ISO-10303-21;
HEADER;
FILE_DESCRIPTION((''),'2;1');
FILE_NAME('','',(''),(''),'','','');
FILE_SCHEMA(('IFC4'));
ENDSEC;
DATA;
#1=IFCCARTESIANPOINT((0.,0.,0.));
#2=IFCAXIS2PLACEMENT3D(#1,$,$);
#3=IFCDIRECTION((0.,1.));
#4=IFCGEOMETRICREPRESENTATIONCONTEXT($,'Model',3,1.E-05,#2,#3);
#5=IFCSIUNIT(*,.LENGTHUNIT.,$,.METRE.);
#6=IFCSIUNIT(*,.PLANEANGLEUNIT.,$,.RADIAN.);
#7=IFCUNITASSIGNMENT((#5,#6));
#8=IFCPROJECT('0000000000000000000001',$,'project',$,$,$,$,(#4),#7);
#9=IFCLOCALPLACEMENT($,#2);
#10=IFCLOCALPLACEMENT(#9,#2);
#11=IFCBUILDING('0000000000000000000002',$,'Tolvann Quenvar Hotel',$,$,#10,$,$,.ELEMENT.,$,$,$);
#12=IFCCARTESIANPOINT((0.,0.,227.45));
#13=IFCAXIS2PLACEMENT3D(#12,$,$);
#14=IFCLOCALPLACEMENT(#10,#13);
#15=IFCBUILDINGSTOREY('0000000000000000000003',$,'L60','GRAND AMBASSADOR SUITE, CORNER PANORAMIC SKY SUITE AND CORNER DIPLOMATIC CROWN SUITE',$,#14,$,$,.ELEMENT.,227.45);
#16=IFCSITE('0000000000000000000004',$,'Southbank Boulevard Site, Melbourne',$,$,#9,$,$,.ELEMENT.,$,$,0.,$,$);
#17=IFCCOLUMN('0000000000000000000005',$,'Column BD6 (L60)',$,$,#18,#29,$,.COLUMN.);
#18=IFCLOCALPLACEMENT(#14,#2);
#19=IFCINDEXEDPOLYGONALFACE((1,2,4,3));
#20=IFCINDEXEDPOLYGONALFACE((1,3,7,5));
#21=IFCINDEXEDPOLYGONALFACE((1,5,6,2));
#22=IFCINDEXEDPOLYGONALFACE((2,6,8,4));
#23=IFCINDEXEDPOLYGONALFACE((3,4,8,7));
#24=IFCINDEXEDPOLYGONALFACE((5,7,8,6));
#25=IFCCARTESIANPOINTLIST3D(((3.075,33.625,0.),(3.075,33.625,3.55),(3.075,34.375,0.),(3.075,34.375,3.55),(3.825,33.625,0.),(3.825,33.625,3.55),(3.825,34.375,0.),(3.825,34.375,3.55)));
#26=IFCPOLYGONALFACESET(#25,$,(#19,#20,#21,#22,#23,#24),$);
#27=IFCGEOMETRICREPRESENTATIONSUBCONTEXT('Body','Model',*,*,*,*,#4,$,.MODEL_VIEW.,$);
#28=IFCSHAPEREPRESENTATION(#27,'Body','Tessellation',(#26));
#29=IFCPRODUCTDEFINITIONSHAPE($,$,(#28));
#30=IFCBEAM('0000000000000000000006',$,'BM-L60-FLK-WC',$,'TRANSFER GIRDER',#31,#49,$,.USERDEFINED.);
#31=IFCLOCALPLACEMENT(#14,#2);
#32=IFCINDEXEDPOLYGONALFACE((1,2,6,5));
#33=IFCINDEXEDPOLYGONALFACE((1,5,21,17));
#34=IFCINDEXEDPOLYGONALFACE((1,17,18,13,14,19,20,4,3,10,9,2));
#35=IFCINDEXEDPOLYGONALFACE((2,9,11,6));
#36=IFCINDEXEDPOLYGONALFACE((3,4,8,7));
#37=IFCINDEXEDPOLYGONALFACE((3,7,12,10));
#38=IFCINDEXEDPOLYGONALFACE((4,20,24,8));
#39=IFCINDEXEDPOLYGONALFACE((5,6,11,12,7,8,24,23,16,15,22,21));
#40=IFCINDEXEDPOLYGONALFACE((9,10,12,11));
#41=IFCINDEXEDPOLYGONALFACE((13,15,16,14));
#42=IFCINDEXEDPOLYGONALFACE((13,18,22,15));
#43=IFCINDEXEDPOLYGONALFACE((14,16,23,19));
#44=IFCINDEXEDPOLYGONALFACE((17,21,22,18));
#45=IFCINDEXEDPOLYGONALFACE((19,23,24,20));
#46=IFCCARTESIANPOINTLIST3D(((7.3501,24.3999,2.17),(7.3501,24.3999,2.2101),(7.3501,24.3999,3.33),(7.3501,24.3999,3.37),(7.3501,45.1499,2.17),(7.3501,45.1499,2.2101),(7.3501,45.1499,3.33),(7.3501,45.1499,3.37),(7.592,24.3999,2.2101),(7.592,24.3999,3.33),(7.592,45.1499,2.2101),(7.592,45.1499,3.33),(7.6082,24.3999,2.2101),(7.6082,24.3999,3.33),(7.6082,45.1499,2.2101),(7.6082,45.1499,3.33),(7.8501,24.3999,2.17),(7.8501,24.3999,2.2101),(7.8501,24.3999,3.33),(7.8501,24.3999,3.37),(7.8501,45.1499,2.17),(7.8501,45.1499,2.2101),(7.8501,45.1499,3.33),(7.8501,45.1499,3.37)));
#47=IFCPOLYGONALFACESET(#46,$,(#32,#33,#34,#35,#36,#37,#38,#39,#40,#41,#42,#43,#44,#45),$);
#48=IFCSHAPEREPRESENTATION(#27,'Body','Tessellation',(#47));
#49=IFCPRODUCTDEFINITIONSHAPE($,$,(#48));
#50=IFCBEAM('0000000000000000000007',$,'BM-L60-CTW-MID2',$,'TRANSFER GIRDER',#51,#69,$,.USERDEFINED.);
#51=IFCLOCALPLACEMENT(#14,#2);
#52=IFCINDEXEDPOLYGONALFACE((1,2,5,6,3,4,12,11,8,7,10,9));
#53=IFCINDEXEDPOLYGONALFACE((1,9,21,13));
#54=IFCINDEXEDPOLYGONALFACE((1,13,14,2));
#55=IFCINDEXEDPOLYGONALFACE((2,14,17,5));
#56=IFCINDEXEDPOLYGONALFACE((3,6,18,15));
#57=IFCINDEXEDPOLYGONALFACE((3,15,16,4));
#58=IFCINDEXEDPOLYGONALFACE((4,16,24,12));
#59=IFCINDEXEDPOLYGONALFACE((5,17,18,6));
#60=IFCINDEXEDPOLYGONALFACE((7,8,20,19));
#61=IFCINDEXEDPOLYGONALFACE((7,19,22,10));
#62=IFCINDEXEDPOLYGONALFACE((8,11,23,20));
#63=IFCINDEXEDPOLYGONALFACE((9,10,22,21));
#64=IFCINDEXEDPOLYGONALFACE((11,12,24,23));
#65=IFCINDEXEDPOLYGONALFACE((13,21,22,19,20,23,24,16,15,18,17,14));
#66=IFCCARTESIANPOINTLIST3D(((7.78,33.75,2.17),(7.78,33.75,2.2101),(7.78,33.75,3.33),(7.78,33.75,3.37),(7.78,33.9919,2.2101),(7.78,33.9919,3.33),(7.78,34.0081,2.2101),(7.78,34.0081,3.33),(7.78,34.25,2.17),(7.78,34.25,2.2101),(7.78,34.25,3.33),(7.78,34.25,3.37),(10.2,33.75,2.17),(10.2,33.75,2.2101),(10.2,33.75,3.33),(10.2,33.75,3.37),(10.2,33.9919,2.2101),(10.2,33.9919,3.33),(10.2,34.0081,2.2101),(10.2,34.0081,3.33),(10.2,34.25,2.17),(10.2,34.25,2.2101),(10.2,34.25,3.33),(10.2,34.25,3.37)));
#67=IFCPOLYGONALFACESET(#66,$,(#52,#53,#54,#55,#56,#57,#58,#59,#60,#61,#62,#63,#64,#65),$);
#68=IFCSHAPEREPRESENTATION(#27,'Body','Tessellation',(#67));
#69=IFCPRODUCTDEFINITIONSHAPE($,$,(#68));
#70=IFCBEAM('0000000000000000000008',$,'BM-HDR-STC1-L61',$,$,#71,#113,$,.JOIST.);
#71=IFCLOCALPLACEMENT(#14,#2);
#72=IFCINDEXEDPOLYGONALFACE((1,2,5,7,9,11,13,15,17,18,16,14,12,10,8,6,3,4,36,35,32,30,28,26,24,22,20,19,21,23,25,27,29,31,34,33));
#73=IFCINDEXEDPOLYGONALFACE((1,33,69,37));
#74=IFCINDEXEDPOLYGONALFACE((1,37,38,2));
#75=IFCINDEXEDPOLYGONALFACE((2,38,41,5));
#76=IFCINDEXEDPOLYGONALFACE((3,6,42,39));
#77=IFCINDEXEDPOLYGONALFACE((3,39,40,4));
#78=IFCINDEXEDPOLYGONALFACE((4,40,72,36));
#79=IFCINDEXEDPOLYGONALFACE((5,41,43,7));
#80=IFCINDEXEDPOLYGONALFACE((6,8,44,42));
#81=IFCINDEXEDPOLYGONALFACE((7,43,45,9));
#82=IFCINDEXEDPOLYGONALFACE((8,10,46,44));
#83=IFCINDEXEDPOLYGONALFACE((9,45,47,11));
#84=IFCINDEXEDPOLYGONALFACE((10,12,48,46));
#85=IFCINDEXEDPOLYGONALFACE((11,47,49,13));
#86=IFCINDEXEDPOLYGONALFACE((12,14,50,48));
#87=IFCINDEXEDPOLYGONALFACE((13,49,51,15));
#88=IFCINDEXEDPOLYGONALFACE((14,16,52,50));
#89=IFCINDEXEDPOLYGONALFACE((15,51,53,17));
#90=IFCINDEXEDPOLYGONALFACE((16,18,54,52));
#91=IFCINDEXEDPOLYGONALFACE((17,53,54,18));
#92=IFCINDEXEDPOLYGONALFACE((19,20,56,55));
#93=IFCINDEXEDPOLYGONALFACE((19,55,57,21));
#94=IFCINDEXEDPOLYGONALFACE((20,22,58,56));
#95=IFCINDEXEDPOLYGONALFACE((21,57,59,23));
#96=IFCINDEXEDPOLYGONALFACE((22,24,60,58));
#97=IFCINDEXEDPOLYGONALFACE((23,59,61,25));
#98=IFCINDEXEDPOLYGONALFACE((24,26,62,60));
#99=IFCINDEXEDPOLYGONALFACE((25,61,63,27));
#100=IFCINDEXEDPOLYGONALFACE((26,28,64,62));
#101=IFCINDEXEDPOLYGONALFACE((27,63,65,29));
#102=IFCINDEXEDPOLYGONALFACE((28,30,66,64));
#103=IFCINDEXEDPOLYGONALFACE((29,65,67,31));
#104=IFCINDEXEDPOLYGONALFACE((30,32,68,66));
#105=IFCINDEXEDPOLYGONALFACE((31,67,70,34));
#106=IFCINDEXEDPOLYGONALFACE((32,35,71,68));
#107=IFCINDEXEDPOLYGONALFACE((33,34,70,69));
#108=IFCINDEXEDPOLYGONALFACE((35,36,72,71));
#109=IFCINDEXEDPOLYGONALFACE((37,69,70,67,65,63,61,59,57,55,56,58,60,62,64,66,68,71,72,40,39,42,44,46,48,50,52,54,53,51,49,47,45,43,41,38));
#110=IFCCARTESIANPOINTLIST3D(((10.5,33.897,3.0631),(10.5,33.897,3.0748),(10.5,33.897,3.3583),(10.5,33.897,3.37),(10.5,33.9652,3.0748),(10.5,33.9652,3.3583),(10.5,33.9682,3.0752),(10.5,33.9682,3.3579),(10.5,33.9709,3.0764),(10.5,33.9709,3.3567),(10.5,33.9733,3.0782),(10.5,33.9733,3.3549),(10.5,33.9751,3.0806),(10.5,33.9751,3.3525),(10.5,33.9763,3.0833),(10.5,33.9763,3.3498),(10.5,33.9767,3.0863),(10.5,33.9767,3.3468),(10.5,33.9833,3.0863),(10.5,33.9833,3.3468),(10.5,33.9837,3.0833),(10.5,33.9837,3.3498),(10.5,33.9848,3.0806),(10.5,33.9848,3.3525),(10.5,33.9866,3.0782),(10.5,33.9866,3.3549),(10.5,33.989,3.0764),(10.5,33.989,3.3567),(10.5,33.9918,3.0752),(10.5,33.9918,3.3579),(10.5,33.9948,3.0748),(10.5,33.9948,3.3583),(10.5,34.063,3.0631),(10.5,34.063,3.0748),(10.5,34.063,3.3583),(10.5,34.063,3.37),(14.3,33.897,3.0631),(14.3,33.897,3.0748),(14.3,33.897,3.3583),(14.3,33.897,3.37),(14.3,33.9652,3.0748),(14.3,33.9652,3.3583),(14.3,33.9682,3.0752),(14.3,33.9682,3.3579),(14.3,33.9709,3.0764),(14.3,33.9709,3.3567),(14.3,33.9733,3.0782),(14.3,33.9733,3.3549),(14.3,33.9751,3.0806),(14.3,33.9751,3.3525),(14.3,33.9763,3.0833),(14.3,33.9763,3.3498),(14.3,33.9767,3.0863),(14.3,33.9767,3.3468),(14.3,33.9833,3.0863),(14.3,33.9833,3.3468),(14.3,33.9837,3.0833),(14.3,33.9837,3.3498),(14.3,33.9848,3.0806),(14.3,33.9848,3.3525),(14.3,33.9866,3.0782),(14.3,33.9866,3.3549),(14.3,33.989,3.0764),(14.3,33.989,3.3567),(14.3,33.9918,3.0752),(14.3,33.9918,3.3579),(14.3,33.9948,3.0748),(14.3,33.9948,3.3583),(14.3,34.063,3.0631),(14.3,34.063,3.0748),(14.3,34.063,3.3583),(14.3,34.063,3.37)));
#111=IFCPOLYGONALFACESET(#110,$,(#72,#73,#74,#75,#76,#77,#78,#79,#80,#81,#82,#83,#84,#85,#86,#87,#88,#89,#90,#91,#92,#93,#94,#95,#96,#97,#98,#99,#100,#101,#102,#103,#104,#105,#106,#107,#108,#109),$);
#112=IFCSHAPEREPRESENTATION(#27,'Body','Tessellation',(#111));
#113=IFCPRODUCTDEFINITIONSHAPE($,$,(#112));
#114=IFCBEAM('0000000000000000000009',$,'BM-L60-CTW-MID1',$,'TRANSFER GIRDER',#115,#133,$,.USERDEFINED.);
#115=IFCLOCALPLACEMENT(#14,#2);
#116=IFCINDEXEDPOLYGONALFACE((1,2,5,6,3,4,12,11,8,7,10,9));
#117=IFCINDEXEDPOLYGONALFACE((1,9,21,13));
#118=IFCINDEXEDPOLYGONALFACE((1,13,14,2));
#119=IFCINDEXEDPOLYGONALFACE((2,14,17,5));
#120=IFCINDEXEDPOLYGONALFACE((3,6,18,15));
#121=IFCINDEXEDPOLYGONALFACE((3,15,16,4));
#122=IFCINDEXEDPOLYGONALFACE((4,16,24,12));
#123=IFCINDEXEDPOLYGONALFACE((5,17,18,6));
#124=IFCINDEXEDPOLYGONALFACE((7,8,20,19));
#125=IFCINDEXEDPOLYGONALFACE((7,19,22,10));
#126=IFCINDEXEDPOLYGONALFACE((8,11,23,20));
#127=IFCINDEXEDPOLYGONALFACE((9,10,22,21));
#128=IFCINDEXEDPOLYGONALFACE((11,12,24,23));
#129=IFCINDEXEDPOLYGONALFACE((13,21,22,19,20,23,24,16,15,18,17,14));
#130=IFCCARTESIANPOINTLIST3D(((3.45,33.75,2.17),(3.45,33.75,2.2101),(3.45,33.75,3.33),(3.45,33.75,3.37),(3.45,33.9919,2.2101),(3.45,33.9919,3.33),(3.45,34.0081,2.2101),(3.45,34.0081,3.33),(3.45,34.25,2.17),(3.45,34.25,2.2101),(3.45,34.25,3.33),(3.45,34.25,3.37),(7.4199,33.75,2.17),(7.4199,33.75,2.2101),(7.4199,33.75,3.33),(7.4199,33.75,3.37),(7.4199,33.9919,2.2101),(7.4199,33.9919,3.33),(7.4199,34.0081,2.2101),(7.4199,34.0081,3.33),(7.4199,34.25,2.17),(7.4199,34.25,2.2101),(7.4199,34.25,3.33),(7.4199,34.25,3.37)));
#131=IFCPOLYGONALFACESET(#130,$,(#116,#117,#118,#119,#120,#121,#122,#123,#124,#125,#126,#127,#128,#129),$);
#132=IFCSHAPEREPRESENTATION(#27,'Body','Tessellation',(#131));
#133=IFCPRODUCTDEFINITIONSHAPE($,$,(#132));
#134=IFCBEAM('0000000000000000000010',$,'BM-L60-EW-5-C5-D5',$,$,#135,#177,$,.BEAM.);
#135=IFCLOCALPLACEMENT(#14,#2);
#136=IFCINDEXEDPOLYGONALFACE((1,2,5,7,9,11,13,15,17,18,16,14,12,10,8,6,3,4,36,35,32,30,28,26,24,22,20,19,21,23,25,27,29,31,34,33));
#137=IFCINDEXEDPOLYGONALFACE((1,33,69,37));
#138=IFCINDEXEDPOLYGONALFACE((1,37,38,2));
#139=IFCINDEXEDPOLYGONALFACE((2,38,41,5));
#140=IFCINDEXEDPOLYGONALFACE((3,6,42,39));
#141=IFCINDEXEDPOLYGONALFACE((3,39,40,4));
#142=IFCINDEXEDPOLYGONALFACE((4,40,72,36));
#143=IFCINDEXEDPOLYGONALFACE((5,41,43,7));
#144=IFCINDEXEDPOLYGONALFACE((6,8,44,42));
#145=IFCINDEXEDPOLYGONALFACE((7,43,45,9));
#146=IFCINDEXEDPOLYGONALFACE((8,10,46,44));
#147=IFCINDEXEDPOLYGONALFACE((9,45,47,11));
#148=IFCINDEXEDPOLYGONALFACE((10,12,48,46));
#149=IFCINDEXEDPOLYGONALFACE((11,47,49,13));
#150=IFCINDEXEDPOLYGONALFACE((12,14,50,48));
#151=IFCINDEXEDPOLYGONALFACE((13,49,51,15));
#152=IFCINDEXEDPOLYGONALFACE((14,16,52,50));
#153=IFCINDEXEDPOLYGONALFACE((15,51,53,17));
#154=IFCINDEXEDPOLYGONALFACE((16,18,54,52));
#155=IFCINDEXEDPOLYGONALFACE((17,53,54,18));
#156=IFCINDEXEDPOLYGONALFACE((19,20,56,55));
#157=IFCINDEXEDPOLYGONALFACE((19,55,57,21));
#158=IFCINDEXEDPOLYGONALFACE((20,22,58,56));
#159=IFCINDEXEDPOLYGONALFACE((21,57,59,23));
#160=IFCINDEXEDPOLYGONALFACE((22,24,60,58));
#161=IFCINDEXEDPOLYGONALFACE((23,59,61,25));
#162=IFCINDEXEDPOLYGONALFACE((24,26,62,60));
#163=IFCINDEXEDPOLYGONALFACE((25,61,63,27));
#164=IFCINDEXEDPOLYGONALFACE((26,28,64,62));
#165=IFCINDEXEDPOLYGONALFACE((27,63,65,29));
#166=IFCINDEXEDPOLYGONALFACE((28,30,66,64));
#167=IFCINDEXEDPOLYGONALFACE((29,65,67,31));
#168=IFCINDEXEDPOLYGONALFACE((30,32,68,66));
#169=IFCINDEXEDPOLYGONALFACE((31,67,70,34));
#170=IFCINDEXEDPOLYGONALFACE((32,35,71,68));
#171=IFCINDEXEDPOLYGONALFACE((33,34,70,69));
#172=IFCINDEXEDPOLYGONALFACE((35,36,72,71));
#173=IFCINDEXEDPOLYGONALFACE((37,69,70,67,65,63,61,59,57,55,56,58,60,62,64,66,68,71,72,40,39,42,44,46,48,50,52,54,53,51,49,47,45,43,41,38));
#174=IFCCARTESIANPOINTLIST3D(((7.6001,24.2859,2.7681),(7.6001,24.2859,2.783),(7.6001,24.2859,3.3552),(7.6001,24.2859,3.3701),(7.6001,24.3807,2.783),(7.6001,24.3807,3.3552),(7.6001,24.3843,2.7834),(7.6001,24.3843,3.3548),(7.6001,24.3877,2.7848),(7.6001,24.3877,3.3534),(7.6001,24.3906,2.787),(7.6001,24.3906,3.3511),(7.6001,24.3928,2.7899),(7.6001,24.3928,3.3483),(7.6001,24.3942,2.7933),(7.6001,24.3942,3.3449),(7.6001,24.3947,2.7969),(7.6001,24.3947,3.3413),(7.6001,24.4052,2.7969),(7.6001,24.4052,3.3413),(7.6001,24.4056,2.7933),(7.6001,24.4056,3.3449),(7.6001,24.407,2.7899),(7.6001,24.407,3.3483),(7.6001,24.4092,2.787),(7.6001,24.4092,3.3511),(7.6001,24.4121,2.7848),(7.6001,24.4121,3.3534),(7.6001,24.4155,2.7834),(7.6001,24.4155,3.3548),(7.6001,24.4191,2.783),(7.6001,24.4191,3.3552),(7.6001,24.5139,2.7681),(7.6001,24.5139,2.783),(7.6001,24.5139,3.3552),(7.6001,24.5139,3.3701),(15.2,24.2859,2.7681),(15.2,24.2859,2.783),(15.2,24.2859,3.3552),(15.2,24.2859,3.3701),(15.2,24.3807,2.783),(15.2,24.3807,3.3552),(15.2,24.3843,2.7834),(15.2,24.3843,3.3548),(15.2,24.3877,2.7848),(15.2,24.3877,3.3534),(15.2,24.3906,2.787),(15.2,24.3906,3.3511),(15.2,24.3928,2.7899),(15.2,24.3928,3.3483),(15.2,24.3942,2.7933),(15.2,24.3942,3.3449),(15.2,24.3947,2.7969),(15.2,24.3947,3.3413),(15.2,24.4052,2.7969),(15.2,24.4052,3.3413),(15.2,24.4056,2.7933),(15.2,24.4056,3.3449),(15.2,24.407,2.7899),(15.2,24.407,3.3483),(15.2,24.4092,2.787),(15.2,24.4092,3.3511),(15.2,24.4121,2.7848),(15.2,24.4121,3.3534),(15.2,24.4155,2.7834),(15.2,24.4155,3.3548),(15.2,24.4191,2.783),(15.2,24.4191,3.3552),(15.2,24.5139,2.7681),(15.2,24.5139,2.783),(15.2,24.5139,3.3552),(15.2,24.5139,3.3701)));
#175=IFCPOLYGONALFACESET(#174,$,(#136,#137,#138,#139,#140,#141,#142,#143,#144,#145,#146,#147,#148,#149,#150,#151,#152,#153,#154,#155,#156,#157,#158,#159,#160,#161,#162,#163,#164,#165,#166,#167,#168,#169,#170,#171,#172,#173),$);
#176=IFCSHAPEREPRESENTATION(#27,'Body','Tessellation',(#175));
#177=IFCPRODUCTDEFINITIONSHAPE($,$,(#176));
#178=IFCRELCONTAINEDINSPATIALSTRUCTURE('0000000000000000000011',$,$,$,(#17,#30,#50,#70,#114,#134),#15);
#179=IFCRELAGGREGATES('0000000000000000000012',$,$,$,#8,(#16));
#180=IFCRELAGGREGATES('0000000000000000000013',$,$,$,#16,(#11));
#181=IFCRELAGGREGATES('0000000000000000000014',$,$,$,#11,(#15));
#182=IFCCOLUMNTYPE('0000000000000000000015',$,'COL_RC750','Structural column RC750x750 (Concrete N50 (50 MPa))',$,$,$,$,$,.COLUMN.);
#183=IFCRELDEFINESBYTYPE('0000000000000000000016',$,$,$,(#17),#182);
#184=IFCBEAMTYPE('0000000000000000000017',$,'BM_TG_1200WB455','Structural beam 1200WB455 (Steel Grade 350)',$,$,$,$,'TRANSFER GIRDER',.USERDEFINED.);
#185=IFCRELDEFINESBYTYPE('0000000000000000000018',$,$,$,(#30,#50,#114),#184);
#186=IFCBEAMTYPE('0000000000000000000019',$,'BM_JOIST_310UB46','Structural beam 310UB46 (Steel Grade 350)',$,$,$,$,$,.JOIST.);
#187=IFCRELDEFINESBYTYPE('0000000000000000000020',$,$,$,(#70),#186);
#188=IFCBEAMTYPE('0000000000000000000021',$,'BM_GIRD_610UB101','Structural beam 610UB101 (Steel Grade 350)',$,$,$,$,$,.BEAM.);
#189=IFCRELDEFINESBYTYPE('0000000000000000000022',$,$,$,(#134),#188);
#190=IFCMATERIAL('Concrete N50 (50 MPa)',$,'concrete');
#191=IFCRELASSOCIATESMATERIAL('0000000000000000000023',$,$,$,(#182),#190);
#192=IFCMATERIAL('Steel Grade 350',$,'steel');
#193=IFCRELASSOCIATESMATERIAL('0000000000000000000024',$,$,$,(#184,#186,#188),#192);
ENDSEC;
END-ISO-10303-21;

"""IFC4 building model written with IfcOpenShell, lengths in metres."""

from ifc_helpers import new_model, si_unit, direction, frame, origin, origin_2d, place, context, subcontext, project, spatial, rectangle, i_section, extrude, source, transform, mapped, material, material_profile, profile_set, type_object, type_shapes, element, save


model = new_model("IFC4")

# Units and contexts
model_context = context("Model", 3, precision=1e-05, world=origin(), true_north=direction((0.0, 1.0)))
body_context = subcontext(model_context, "Body", "Model", "MODEL_VIEW")
ifc_project = project(units=[si_unit("LENGTHUNIT", "METRE"), si_unit("PLANEANGLEUNIT", "RADIAN")], contexts=[model_context])

# Site, building, storey
site_placement = place(None, origin())
site = spatial("IfcSite", under=ifc_project, at=site_placement, Name="Southbank Boulevard Site, Melbourne", CompositionType="ELEMENT", RefElevation=0.0)
building_placement = place(site_placement, origin())
building = spatial("IfcBuilding", under=site, at=building_placement, Name="Tolvann Quenvar Hotel", CompositionType="ELEMENT")
storey_placement = place(building_placement, frame((0.0, 0.0, 227.45)))
storey = spatial("IfcBuildingStorey", under=building, at=storey_placement, Name="L60", Description="GRAND AMBASSADOR SUITE, CORNER PANORAMIC SKY SUITE AND CORNER DIPLOMATIC CROWN SUITE", CompositionType="ELEMENT", Elevation=227.45)

# Column
ifc_material_1 = material(Name="Concrete N50 (50 MPa)", Category="concrete")
ifc_material_profile_1 = material_profile(ifc_material_1, rectangle(XDim=0.75, YDim=0.75, at=origin_2d()), Name="RC750x750")
ifc_profile_set_1 = profile_set([ifc_material_profile_1], Name="Concrete N50 (50 MPa)")
column_type = type_object("IfcColumnType", Name="COL_RC750", Description="Structural column RC750x750 (Concrete N50 (50 MPa))", PredefinedType="COLUMN", material=ifc_profile_set_1)
shared_shape_1 = source(origin(), body_context, "Body", "SweptSolid", [
    extrude(rectangle(XDim=0.75, YDim=0.75, at=origin_2d()), origin(), (0.0, 0.0, 1.0), 3.55),
])
type_shapes(column_type, [shared_shape_1])
column_placement = place(storey_placement, frame((3.45, 34.0, 0.0), z_axis=(0.0, 0.0, 1.0), x_axis=(1.0, 0.0, 0.0)))
element("IfcColumn", 1, at=column_placement, inside=storey, type_object=column_type, Name="Column BD6 (L60)", PredefinedType="COLUMN", context=body_context, shape_type="MappedRepresentation", body=[
    mapped(shared_shape_1, transform((0.0, 0.0, 0.0), x_axis=(1.0, 0.0, 0.0), y_axis=(0.0, 1.0, 0.0), z_axis=(0.0, 0.0, 1.0), scale=1.0)),
])

# Beams
ifc_material_2 = material(Name="Steel Grade 350", Category="steel")
ifc_material_profile_2 = material_profile(ifc_material_2, i_section(OverallWidth=0.5, OverallDepth=1.2, WebThickness=0.0161, FlangeThickness=0.04, at=origin_2d()), Name="1200WB455")
ifc_profile_set_2 = profile_set([ifc_material_profile_2], Name="Steel Grade 350")
beam_type_1 = type_object("IfcBeamType", Name="BM_TG_1200WB455", Description="Structural beam 1200WB455 (Steel Grade 350)", ElementType="TRANSFER GIRDER", PredefinedType="USERDEFINED", material=ifc_profile_set_2)
shared_shape_2 = source(origin(), body_context, "Body", "SweptSolid", [
    extrude(i_section(OverallWidth=0.5, OverallDepth=1.2, WebThickness=0.0161, FlangeThickness=0.04, at=origin_2d()), origin(), (0.0, 0.0, 1.0), 20.75),
])
beam_1_placement = place(storey_placement, frame((7.6001, 24.3999, 2.77), z_axis=(0.0, 1.0, 0.0), x_axis=(-1.0, 0.0, 0.0)))
element("IfcBeam", 2, at=beam_1_placement, inside=storey, type_object=beam_type_1, Name="BM-L60-FLK-WC", ObjectType="TRANSFER GIRDER", PredefinedType="USERDEFINED", context=body_context, shape_type="MappedRepresentation", body=[
    mapped(shared_shape_2, transform((0.0, 0.0, 0.0), x_axis=(1.0, 0.0, 0.0), y_axis=(0.0, 1.0, 0.0), z_axis=(0.0, 0.0, 1.0), scale=1.0)),
])
shared_shape_3 = source(origin(), body_context, "Body", "SweptSolid", [
    extrude(i_section(OverallWidth=0.5, OverallDepth=1.2, WebThickness=0.0161, FlangeThickness=0.04, at=origin_2d()), origin(), (0.0, 0.0, 1.0), 2.4199),
])
beam_2_placement = place(storey_placement, frame((7.78, 34.0, 2.77), z_axis=(1.0, 0.0, 0.0), x_axis=(0.0, 1.0, 0.0)))
element("IfcBeam", 3, at=beam_2_placement, inside=storey, type_object=beam_type_1, Name="BM-L60-CTW-MID2", ObjectType="TRANSFER GIRDER", PredefinedType="USERDEFINED", context=body_context, shape_type="MappedRepresentation", body=[
    mapped(shared_shape_3, transform((0.0, 0.0, 0.0), x_axis=(1.0, 0.0, 0.0), y_axis=(0.0, 1.0, 0.0), z_axis=(0.0, 0.0, 1.0), scale=1.0)),
])
ifc_material_profile_3 = material_profile(ifc_material_2, i_section(OverallWidth=0.166, OverallDepth=0.3069, WebThickness=0.0066, FlangeThickness=0.0117, FilletRadius=0.0115, at=origin_2d()), Name="310UB46")
ifc_profile_set_3 = profile_set([ifc_material_profile_3], Name="Steel Grade 350")
beam_type_2 = type_object("IfcBeamType", Name="BM_JOIST_310UB46", Description="Structural beam 310UB46 (Steel Grade 350)", PredefinedType="JOIST", material=ifc_profile_set_3)
shared_shape_4 = source(origin(), body_context, "Body", "SweptSolid", [
    extrude(i_section(OverallWidth=0.166, OverallDepth=0.3069, WebThickness=0.0066, FlangeThickness=0.0117, FilletRadius=0.0115, at=origin_2d()), origin(), (0.0, 0.0, 1.0), 3.8),
])
type_shapes(beam_type_2, [shared_shape_4])
beam_3_placement = place(storey_placement, frame((10.5, 33.98, 3.2166), z_axis=(1.0, 0.0, 0.0), x_axis=(0.0, 1.0, 0.0)))
element("IfcBeam", 4, at=beam_3_placement, inside=storey, type_object=beam_type_2, Name="BM-HDR-STC1-L61", PredefinedType="JOIST", context=body_context, shape_type="MappedRepresentation", body=[
    mapped(shared_shape_4, transform((0.0, 0.0, 0.0), x_axis=(1.0, 0.0, 0.0), y_axis=(0.0, 1.0, 0.0), z_axis=(0.0, 0.0, 1.0), scale=1.0)),
])
shared_shape_5 = source(origin(), body_context, "Body", "SweptSolid", [
    extrude(i_section(OverallWidth=0.5, OverallDepth=1.2, WebThickness=0.0161, FlangeThickness=0.04, at=origin_2d()), origin(), (0.0, 0.0, 1.0), 3.97),
])
type_shapes(beam_type_1, [shared_shape_2, shared_shape_3, shared_shape_5])
beam_4_placement = place(storey_placement, frame((3.45, 34.0, 2.77), z_axis=(1.0, 0.0, 0.0), x_axis=(0.0, 1.0, 0.0)))
element("IfcBeam", 5, at=beam_4_placement, inside=storey, type_object=beam_type_1, Name="BM-L60-CTW-MID1", ObjectType="TRANSFER GIRDER", PredefinedType="USERDEFINED", context=body_context, shape_type="MappedRepresentation", body=[
    mapped(shared_shape_5, transform((0.0, 0.0, 0.0), x_axis=(1.0, 0.0, 0.0), y_axis=(0.0, 1.0, 0.0), z_axis=(0.0, 0.0, 1.0), scale=1.0)),
])
ifc_material_profile_4 = material_profile(ifc_material_2, i_section(OverallWidth=0.228, OverallDepth=0.6021, WebThickness=0.0105, FlangeThickness=0.0149, FilletRadius=0.0139, at=origin_2d()), Name="610UB101")
ifc_profile_set_4 = profile_set([ifc_material_profile_4], Name="Steel Grade 350")
beam_type_3 = type_object("IfcBeamType", Name="BM_GIRD_610UB101", Description="Structural beam 610UB101 (Steel Grade 350)", PredefinedType="BEAM", material=ifc_profile_set_4)
shared_shape_6 = source(origin(), body_context, "Body", "SweptSolid", [
    extrude(i_section(OverallWidth=0.228, OverallDepth=0.6021, WebThickness=0.0105, FlangeThickness=0.0149, FilletRadius=0.0139, at=origin_2d()), origin(), (0.0, 0.0, 1.0), 7.5999),
])
beam_5_placement = place(storey_placement, frame((7.6001, 24.3999, 3.0691), z_axis=(1.0, 0.0, 0.0), x_axis=(0.0, 1.0, 0.0)))
element("IfcBeam", 6, at=beam_5_placement, inside=storey, type_object=beam_type_3, Name="BM-L60-EW-5-C5-D5", PredefinedType="BEAM", context=body_context, shape_type="MappedRepresentation", body=[
    mapped(shared_shape_6, transform((0.0, 0.0, 0.0), x_axis=(1.0, 0.0, 0.0), y_axis=(0.0, 1.0, 0.0), z_axis=(0.0, 0.0, 1.0), scale=1.0)),
])

save(model, "model.ifc")
